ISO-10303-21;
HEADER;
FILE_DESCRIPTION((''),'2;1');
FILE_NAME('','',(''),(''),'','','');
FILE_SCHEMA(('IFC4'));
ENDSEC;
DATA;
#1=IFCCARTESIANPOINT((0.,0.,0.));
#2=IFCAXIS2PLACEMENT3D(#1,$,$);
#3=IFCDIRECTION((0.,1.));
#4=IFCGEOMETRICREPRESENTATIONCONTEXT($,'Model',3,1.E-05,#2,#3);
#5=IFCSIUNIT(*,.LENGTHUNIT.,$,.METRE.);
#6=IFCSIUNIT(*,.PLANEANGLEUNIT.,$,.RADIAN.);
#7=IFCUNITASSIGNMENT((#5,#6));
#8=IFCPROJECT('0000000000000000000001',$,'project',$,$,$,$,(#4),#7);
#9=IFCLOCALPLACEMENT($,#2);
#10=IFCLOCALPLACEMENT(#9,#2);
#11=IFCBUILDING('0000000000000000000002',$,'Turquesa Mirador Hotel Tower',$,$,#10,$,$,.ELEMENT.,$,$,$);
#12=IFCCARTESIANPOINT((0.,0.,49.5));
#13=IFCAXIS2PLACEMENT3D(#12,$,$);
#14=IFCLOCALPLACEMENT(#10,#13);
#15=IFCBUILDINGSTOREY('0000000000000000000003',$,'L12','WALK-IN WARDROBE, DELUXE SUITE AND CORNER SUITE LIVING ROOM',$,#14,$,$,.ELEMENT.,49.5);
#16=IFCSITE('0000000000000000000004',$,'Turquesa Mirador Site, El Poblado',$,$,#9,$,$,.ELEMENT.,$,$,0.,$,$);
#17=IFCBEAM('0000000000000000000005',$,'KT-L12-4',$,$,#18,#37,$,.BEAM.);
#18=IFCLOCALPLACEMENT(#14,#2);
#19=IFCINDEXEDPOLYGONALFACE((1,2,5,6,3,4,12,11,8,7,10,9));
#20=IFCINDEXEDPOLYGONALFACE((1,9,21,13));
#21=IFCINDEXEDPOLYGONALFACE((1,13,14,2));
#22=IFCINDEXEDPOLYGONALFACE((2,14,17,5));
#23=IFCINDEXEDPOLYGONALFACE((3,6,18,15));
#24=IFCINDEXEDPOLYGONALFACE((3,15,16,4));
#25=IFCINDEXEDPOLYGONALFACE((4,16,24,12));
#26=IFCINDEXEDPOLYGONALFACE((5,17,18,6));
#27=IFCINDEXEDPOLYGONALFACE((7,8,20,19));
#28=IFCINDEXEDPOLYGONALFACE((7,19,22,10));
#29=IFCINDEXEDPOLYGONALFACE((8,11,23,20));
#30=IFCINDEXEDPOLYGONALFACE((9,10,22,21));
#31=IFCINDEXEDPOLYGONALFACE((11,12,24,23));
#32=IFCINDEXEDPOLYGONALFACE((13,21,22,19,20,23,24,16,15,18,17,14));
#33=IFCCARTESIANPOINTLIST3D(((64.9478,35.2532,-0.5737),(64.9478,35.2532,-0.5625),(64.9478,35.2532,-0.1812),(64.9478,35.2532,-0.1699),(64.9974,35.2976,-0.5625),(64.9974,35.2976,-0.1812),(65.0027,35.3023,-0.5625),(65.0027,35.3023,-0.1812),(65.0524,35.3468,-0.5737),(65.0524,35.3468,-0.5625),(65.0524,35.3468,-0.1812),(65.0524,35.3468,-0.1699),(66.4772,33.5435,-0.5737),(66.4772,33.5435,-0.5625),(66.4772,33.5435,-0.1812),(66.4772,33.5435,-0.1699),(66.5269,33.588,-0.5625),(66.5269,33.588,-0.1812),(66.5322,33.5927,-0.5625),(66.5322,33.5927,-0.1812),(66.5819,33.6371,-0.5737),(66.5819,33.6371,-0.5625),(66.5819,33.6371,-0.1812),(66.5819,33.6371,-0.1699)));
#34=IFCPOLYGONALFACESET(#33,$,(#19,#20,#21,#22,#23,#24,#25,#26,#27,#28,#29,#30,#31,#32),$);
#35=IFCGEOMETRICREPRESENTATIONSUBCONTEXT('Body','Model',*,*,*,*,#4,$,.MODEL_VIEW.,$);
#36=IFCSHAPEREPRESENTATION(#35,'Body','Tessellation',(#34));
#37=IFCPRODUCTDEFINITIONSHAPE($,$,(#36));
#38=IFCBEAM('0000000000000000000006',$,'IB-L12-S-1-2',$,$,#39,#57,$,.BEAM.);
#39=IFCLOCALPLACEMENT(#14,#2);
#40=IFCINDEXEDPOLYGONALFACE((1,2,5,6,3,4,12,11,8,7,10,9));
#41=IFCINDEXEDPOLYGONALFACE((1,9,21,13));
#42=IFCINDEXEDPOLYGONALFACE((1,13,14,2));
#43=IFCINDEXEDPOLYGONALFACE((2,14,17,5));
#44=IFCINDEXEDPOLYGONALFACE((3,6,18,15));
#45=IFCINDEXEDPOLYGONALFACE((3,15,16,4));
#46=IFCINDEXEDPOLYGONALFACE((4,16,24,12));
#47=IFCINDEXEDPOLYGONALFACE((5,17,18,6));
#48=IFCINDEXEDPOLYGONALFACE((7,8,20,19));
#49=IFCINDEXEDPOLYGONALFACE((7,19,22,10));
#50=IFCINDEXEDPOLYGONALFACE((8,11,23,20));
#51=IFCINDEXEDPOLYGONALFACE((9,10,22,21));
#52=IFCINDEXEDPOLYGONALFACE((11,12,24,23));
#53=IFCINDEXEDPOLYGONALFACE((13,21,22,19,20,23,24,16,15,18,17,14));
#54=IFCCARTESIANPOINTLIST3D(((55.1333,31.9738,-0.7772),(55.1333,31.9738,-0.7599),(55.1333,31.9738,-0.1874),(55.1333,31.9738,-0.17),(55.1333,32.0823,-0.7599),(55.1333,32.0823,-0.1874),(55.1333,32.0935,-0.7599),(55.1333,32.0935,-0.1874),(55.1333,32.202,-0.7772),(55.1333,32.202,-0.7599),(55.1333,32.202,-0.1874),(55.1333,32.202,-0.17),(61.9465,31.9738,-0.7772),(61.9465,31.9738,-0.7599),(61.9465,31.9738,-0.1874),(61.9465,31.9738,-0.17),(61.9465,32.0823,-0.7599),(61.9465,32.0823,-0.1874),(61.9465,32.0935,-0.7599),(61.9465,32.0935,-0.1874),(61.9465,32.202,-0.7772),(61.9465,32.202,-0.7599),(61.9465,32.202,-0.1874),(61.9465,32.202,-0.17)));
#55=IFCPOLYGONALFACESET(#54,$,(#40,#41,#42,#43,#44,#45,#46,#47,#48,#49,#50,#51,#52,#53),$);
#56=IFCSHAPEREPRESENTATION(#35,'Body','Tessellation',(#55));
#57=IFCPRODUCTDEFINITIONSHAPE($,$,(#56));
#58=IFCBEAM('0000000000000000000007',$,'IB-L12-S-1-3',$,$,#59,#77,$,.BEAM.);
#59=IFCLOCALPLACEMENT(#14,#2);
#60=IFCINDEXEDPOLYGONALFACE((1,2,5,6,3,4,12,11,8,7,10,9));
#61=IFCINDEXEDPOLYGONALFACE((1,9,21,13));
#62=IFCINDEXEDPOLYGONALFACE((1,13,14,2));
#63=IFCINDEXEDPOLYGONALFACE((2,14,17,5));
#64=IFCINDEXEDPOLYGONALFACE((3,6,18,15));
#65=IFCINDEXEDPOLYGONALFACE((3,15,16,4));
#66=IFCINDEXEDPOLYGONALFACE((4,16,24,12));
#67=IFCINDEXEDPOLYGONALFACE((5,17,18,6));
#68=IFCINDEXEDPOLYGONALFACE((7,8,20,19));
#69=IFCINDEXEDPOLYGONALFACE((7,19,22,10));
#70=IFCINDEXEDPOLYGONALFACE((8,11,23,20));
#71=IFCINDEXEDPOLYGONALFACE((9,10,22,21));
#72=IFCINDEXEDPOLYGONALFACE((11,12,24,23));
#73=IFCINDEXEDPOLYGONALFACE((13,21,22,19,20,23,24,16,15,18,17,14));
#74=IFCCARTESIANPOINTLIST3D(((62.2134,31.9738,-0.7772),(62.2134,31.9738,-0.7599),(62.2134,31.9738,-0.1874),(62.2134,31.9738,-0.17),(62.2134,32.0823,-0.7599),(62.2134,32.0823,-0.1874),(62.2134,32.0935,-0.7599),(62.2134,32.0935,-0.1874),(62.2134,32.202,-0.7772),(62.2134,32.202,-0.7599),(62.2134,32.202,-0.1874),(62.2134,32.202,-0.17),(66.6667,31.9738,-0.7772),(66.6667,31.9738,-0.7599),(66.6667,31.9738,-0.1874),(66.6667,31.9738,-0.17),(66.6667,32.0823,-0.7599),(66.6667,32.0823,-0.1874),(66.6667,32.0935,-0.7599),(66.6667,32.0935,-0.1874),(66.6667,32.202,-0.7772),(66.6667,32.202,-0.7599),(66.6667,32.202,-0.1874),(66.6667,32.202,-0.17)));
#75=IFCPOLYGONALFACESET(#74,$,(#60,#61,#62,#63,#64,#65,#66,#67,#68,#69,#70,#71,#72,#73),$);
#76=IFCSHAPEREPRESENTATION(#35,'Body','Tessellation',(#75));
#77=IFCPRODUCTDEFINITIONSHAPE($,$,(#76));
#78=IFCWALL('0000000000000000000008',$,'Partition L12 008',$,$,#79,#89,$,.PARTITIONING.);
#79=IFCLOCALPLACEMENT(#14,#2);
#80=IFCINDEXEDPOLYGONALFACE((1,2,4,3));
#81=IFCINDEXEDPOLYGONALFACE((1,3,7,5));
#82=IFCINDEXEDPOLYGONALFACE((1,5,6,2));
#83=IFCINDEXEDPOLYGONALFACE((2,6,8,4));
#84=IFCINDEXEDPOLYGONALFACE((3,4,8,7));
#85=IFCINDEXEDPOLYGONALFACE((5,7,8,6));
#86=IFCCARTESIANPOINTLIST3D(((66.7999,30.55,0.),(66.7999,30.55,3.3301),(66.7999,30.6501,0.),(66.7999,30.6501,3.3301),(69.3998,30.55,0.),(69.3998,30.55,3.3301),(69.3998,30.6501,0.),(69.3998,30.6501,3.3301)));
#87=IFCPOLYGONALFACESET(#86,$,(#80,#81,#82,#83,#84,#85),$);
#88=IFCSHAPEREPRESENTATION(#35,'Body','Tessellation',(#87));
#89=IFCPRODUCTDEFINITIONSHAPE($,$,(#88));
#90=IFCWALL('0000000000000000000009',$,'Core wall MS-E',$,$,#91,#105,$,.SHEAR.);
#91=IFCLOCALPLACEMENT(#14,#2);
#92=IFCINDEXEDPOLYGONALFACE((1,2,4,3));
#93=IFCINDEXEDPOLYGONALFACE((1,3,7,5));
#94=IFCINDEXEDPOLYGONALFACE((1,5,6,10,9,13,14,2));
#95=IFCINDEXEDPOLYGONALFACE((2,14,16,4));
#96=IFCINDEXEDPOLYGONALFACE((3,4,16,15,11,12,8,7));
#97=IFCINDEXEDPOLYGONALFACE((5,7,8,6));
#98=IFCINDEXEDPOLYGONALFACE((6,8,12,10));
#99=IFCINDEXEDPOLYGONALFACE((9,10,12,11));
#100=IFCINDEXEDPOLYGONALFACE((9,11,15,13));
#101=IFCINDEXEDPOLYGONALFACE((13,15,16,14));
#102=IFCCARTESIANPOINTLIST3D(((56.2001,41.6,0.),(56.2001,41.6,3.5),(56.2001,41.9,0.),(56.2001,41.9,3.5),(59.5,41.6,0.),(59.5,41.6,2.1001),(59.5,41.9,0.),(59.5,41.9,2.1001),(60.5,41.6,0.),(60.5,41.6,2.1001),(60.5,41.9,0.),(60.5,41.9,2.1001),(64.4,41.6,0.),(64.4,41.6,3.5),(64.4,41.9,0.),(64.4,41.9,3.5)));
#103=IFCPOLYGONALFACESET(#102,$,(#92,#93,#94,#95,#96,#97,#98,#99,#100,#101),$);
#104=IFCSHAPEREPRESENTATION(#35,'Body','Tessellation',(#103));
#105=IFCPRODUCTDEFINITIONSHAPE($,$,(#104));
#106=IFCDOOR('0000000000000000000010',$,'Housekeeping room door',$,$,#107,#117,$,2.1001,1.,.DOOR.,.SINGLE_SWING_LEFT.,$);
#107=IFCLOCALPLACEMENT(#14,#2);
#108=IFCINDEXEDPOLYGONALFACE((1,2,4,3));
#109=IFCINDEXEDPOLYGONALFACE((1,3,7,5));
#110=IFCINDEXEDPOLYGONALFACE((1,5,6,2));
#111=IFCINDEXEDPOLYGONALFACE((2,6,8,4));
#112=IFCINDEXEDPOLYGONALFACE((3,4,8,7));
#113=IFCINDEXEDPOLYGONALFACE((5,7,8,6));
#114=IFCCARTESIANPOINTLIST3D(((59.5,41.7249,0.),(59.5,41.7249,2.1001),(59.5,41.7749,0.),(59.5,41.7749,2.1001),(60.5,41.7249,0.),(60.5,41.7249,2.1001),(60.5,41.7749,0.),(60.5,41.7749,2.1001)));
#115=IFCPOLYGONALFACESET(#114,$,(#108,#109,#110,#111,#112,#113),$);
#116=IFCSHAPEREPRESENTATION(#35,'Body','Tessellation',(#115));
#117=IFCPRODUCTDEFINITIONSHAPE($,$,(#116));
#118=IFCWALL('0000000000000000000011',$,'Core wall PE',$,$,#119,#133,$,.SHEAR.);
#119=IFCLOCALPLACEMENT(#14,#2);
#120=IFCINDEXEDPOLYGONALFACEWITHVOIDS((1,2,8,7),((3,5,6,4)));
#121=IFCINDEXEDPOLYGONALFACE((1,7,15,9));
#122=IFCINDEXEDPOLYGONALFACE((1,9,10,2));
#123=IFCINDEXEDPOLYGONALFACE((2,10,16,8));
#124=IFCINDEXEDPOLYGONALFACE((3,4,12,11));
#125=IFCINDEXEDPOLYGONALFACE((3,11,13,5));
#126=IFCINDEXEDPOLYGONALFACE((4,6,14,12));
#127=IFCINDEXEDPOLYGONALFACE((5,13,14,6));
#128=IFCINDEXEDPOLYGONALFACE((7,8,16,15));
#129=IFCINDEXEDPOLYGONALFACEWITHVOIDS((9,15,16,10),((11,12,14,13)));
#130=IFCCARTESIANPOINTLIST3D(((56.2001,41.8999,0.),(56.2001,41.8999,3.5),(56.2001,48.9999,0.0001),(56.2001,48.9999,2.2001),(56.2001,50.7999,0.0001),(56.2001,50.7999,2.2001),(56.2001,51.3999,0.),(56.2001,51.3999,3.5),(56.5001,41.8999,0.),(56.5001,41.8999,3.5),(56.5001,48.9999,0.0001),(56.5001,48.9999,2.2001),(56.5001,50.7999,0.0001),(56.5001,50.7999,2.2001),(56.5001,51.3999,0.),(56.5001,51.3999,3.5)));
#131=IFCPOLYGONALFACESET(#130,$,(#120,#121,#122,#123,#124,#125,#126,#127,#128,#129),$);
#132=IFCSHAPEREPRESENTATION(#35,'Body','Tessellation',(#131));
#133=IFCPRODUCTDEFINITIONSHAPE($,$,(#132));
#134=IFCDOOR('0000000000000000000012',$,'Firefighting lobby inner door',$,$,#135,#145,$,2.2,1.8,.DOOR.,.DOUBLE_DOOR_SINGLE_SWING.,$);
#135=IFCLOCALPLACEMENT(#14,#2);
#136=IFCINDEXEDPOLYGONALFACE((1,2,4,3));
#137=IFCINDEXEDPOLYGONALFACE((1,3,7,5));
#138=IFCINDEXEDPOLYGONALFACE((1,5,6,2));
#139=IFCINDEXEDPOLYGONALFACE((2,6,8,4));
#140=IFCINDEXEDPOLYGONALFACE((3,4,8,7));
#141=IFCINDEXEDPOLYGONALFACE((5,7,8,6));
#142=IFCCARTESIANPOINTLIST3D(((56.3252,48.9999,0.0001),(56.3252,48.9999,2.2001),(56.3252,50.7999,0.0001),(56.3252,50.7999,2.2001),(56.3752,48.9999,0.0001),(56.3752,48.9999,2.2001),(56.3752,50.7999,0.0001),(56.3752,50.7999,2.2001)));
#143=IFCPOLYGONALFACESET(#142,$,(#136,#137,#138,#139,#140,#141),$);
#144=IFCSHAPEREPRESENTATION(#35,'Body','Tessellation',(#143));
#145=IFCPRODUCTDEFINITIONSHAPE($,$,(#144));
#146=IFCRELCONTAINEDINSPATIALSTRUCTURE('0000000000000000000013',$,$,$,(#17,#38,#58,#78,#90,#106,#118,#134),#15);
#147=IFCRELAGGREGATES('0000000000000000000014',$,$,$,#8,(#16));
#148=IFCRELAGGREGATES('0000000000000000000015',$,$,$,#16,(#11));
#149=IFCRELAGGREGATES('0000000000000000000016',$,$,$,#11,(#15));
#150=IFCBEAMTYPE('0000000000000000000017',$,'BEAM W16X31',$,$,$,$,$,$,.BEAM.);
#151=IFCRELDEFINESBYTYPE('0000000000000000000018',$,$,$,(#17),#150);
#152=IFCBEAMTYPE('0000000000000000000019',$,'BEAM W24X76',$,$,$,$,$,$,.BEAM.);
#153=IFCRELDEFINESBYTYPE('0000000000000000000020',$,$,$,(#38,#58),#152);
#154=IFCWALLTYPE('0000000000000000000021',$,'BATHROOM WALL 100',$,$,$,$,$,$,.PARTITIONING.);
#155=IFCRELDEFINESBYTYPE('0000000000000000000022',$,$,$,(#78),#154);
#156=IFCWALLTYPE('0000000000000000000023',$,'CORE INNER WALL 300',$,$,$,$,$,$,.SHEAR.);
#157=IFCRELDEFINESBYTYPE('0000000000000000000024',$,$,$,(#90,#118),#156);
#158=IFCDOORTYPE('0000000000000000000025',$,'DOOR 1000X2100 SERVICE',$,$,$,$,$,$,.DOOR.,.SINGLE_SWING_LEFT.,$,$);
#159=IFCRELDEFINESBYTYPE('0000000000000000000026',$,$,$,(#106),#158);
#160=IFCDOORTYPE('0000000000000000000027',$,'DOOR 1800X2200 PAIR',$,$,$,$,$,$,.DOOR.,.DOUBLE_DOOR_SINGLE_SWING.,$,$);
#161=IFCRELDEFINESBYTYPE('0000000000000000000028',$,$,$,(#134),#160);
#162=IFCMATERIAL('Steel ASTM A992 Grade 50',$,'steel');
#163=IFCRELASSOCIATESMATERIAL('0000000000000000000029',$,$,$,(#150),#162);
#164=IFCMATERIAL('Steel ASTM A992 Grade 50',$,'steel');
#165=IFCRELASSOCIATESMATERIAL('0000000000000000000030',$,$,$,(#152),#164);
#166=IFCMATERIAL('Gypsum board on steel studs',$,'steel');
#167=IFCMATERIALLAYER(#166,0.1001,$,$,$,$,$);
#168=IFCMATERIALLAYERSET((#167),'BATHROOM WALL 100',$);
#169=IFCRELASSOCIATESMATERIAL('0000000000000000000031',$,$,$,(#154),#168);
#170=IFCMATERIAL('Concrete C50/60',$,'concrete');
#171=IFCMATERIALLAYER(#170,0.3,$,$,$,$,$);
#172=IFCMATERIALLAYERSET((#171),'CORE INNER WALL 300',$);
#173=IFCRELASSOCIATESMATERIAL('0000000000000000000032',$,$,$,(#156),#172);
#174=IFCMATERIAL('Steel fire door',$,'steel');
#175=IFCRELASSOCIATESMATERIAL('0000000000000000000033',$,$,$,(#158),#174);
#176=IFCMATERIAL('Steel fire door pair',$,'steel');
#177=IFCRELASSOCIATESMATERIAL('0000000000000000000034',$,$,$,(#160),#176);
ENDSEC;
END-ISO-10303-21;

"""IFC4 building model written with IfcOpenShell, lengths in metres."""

from ifc_helpers import new_model, si_unit, direction, frame, frame_2d, origin, origin_2d, place, context, subcontext, project, spatial, rectangle, i_section, extrude, material, layer, layer_set, material_profile, profile_set, type_object, element, fill, save


model = new_model("IFC4")

# Units and contexts
model_context = context("Model", 3, precision=1e-05, world=origin(), true_north=direction((0.0, 1.0)))
body_context = subcontext(model_context, "Body", "Model", "MODEL_VIEW")
ifc_project = project(units=[si_unit("LENGTHUNIT", "METRE"), si_unit("PLANEANGLEUNIT", "RADIAN")], contexts=[model_context])

# Site, building, storey
site_placement = place(None, origin())
site = spatial("IfcSite", under=ifc_project, at=site_placement, Name="Turquesa Mirador Site, El Poblado", CompositionType="ELEMENT", RefElevation=0.0)
building_placement = place(site_placement, origin())
building = spatial("IfcBuilding", under=site, at=building_placement, Name="Turquesa Mirador Hotel Tower", CompositionType="ELEMENT")
storey_placement = place(building_placement, frame((0.0, 0.0, 49.5)))
storey = spatial("IfcBuildingStorey", under=building, at=storey_placement, Name="L12", Description="WALK-IN WARDROBE, DELUXE SUITE AND CORNER SUITE LIVING ROOM", CompositionType="ELEMENT", Elevation=49.5)

# Beams
ifc_material_1 = material(Name="Steel ASTM A992 Grade 50", Category="steel")
ifc_material_profile_1 = material_profile(ifc_material_1, i_section(OverallWidth=0.1404, OverallDepth=0.4038, WebThickness=0.0071, FlangeThickness=0.0112, at=origin_2d()), Name="W16X31")
ifc_profile_set_1 = profile_set([ifc_material_profile_1], Name="Steel ASTM A992 Grade 50")
beam_type_1 = type_object("IfcBeamType", Name="BEAM W16X31", PredefinedType="BEAM", material=ifc_profile_set_1)
beam_1_placement = place(storey_placement, frame((66.5295, 33.5903, -0.3718), z_axis=(-0.666745, 0.745286, 0.0), x_axis=(-0.745286, -0.666745, 0.0)))
element("IfcBeam", 1, at=beam_1_placement, inside=storey, type_object=beam_type_1, Name="KT-L12-4", PredefinedType="BEAM", context=body_context, shape_type="SweptSolid", body=[
    extrude(i_section(OverallWidth=0.1404, OverallDepth=0.4038, WebThickness=0.0071, FlangeThickness=0.0112, at=origin_2d()), origin(), (0.0, 0.0, 1.0), 2.2939),
])
ifc_material_2 = material(Name="Steel ASTM A992 Grade 50", Category="steel")
ifc_material_profile_2 = material_profile(ifc_material_2, i_section(OverallWidth=0.2283, OverallDepth=0.6072, WebThickness=0.0112, FlangeThickness=0.0173, at=origin_2d()), Name="W24X76")
ifc_profile_set_2 = profile_set([ifc_material_profile_2], Name="Steel ASTM A992 Grade 50")
beam_type_2 = type_object("IfcBeamType", Name="BEAM W24X76", PredefinedType="BEAM", material=ifc_profile_set_2)
beam_2_placement = place(storey_placement, frame((55.1333, 32.0879, -0.4736), z_axis=(1.0, 0.0, 0.0), x_axis=(0.0, 1.0, 0.0)))
element("IfcBeam", 2, at=beam_2_placement, inside=storey, type_object=beam_type_2, Name="IB-L12-S-1-2", PredefinedType="BEAM", context=body_context, shape_type="SweptSolid", body=[
    extrude(i_section(OverallWidth=0.2283, OverallDepth=0.6072, WebThickness=0.0112, FlangeThickness=0.0173, at=origin_2d()), origin(), (0.0, 0.0, 1.0), 6.8132),
])
beam_3_placement = place(storey_placement, frame((62.2134, 32.0879, -0.4736), z_axis=(1.0, 0.0, 0.0), x_axis=(0.0, 1.0, 0.0)))
element("IfcBeam", 3, at=beam_3_placement, inside=storey, type_object=beam_type_2, Name="IB-L12-S-1-3", PredefinedType="BEAM", context=body_context, shape_type="SweptSolid", body=[
    extrude(i_section(OverallWidth=0.2283, OverallDepth=0.6072, WebThickness=0.0112, FlangeThickness=0.0173, at=origin_2d()), origin(), (0.0, 0.0, 1.0), 4.4534),
])

# Wall
ifc_material_3 = material(Name="Gypsum board on steel studs", Category="steel")
ifc_layer_1 = layer(ifc_material_3, 0.1001)
ifc_layer_set_1 = layer_set([ifc_layer_1], Name="BATHROOM WALL 100")
wall_type_1 = type_object("IfcWallType", Name="BATHROOM WALL 100", PredefinedType="PARTITIONING", material=ifc_layer_set_1)
wall_1_placement = place(storey_placement, frame((66.8, 30.6001, 0.0), z_axis=(0.0, 0.0, 1.0), x_axis=(1.0, 0.0, 0.0)))
element("IfcWall", 4, at=wall_1_placement, inside=storey, type_object=wall_type_1, Name="Partition L12 008", PredefinedType="PARTITIONING", context=body_context, shape_type="SweptSolid", body=[
    extrude(rectangle(XDim=2.5999, YDim=0.1001, at=frame_2d((1.2998, 0.0))), origin(), (0.0, 0.0, 1.0), 3.3301),
])

# Walls, openings, doors
ifc_material_4 = material(Name="Concrete C50/60", Category="concrete")
ifc_layer_2 = layer(ifc_material_4, 0.3)
ifc_layer_set_2 = layer_set([ifc_layer_2], Name="CORE INNER WALL 300")
wall_type_2 = type_object("IfcWallType", Name="CORE INNER WALL 300", PredefinedType="SHEAR", material=ifc_layer_set_2)
wall_2_placement = place(storey_placement, frame((56.2, 41.75, 0.0), z_axis=(0.0, 0.0, 1.0), x_axis=(1.0, 0.0, 0.0)))
wall_2 = element("IfcWall", 5, at=wall_2_placement, inside=storey, type_object=wall_type_2, Name="Core wall MS-E", PredefinedType="SHEAR", context=body_context, shape_type="SweptSolid", body=[
    extrude(rectangle(XDim=8.2, YDim=0.3, at=frame_2d((4.1001, 0.0))), origin(), (0.0, 0.0, 1.0), 3.5),
])
opening_1_placement = place(wall_2_placement, frame((3.3, 0.0, 0.0)))
opening_1 = element("IfcOpeningElement", 6, at=opening_1_placement, cuts=wall_2, PredefinedType="OPENING", context=body_context, shape_type="SweptSolid", body=[
    extrude(rectangle(XDim=1.0, YDim=2.1001, at=frame_2d((0.5, 1.05))), frame((0.0, 0.1599, 0.0), z_axis=(0.0, -1.0, 0.0), x_axis=(1.0, 0.0, 0.0)), (0.0, 0.0, 1.0), 0.3201),
])
ifc_material_5 = material(Name="Steel fire door", Category="steel")
door_type_1 = type_object("IfcDoorType", Name="DOOR 1000X2100 SERVICE", OperationType="SINGLE_SWING_LEFT", PredefinedType="DOOR", material=ifc_material_5)
door_1_placement = place(opening_1_placement, origin())
door_1 = element("IfcDoor", 7, at=door_1_placement, inside=storey, type_object=door_type_1, Name="Housekeeping room door", OperationType="SINGLE_SWING_LEFT", OverallHeight=2.1001, OverallWidth=1.0, PredefinedType="DOOR", context=body_context, shape_type="SweptSolid", body=[
    extrude(rectangle(XDim=1.0, YDim=2.1001, at=frame_2d((0.5, 1.05))), frame((0.0, 0.0249, 0.0), z_axis=(0.0, -1.0, 0.0), x_axis=(1.0, 0.0, 0.0)), (0.0, 0.0, 1.0), 0.05),
])
fill(opening_1, door_1)
wall_3_placement = place(storey_placement, frame((56.3501, 41.8999, 0.0), z_axis=(0.0, 0.0, 1.0), x_axis=(0.0, 1.0, 0.0)))
wall_3 = element("IfcWall", 8, at=wall_3_placement, inside=storey, type_object=wall_type_2, Name="Core wall PE", PredefinedType="SHEAR", context=body_context, shape_type="SweptSolid", body=[
    extrude(rectangle(XDim=9.5, YDim=0.3, at=frame_2d((4.75, 0.0))), origin(), (0.0, 0.0, 1.0), 3.5),
])
opening_2_placement = place(wall_3_placement, frame((7.1001, 0.0, 0.0)))
opening_2 = element("IfcOpeningElement", 9, at=opening_2_placement, cuts=wall_3, PredefinedType="OPENING", context=body_context, shape_type="SweptSolid", body=[
    extrude(rectangle(XDim=1.8, YDim=2.2, at=frame_2d((0.8999, 1.1001))), frame((0.0, 0.1599, 0.0), z_axis=(0.0, -1.0, 0.0), x_axis=(1.0, 0.0, 0.0)), (0.0, 0.0, 1.0), 0.3201),
])
ifc_material_6 = material(Name="Steel fire door pair", Category="steel")
door_type_2 = type_object("IfcDoorType", Name="DOOR 1800X2200 PAIR", OperationType="DOUBLE_DOOR_SINGLE_SWING", PredefinedType="DOOR", material=ifc_material_6)
door_2_placement = place(opening_2_placement, origin())
door_2 = element("IfcDoor", 10, at=door_2_placement, inside=storey, type_object=door_type_2, Name="Firefighting lobby inner door", OperationType="DOUBLE_DOOR_SINGLE_SWING", OverallHeight=2.2, OverallWidth=1.8, PredefinedType="DOOR", context=body_context, shape_type="SweptSolid", body=[
    extrude(rectangle(XDim=1.8, YDim=2.2, at=frame_2d((0.8999, 1.1001))), frame((0.0, 0.0249, 0.0), z_axis=(0.0, -1.0, 0.0), x_axis=(1.0, 0.0, 0.0)), (0.0, 0.0, 1.0), 0.05),
])
fill(opening_2, door_2)

save(model, "model.ifc")
